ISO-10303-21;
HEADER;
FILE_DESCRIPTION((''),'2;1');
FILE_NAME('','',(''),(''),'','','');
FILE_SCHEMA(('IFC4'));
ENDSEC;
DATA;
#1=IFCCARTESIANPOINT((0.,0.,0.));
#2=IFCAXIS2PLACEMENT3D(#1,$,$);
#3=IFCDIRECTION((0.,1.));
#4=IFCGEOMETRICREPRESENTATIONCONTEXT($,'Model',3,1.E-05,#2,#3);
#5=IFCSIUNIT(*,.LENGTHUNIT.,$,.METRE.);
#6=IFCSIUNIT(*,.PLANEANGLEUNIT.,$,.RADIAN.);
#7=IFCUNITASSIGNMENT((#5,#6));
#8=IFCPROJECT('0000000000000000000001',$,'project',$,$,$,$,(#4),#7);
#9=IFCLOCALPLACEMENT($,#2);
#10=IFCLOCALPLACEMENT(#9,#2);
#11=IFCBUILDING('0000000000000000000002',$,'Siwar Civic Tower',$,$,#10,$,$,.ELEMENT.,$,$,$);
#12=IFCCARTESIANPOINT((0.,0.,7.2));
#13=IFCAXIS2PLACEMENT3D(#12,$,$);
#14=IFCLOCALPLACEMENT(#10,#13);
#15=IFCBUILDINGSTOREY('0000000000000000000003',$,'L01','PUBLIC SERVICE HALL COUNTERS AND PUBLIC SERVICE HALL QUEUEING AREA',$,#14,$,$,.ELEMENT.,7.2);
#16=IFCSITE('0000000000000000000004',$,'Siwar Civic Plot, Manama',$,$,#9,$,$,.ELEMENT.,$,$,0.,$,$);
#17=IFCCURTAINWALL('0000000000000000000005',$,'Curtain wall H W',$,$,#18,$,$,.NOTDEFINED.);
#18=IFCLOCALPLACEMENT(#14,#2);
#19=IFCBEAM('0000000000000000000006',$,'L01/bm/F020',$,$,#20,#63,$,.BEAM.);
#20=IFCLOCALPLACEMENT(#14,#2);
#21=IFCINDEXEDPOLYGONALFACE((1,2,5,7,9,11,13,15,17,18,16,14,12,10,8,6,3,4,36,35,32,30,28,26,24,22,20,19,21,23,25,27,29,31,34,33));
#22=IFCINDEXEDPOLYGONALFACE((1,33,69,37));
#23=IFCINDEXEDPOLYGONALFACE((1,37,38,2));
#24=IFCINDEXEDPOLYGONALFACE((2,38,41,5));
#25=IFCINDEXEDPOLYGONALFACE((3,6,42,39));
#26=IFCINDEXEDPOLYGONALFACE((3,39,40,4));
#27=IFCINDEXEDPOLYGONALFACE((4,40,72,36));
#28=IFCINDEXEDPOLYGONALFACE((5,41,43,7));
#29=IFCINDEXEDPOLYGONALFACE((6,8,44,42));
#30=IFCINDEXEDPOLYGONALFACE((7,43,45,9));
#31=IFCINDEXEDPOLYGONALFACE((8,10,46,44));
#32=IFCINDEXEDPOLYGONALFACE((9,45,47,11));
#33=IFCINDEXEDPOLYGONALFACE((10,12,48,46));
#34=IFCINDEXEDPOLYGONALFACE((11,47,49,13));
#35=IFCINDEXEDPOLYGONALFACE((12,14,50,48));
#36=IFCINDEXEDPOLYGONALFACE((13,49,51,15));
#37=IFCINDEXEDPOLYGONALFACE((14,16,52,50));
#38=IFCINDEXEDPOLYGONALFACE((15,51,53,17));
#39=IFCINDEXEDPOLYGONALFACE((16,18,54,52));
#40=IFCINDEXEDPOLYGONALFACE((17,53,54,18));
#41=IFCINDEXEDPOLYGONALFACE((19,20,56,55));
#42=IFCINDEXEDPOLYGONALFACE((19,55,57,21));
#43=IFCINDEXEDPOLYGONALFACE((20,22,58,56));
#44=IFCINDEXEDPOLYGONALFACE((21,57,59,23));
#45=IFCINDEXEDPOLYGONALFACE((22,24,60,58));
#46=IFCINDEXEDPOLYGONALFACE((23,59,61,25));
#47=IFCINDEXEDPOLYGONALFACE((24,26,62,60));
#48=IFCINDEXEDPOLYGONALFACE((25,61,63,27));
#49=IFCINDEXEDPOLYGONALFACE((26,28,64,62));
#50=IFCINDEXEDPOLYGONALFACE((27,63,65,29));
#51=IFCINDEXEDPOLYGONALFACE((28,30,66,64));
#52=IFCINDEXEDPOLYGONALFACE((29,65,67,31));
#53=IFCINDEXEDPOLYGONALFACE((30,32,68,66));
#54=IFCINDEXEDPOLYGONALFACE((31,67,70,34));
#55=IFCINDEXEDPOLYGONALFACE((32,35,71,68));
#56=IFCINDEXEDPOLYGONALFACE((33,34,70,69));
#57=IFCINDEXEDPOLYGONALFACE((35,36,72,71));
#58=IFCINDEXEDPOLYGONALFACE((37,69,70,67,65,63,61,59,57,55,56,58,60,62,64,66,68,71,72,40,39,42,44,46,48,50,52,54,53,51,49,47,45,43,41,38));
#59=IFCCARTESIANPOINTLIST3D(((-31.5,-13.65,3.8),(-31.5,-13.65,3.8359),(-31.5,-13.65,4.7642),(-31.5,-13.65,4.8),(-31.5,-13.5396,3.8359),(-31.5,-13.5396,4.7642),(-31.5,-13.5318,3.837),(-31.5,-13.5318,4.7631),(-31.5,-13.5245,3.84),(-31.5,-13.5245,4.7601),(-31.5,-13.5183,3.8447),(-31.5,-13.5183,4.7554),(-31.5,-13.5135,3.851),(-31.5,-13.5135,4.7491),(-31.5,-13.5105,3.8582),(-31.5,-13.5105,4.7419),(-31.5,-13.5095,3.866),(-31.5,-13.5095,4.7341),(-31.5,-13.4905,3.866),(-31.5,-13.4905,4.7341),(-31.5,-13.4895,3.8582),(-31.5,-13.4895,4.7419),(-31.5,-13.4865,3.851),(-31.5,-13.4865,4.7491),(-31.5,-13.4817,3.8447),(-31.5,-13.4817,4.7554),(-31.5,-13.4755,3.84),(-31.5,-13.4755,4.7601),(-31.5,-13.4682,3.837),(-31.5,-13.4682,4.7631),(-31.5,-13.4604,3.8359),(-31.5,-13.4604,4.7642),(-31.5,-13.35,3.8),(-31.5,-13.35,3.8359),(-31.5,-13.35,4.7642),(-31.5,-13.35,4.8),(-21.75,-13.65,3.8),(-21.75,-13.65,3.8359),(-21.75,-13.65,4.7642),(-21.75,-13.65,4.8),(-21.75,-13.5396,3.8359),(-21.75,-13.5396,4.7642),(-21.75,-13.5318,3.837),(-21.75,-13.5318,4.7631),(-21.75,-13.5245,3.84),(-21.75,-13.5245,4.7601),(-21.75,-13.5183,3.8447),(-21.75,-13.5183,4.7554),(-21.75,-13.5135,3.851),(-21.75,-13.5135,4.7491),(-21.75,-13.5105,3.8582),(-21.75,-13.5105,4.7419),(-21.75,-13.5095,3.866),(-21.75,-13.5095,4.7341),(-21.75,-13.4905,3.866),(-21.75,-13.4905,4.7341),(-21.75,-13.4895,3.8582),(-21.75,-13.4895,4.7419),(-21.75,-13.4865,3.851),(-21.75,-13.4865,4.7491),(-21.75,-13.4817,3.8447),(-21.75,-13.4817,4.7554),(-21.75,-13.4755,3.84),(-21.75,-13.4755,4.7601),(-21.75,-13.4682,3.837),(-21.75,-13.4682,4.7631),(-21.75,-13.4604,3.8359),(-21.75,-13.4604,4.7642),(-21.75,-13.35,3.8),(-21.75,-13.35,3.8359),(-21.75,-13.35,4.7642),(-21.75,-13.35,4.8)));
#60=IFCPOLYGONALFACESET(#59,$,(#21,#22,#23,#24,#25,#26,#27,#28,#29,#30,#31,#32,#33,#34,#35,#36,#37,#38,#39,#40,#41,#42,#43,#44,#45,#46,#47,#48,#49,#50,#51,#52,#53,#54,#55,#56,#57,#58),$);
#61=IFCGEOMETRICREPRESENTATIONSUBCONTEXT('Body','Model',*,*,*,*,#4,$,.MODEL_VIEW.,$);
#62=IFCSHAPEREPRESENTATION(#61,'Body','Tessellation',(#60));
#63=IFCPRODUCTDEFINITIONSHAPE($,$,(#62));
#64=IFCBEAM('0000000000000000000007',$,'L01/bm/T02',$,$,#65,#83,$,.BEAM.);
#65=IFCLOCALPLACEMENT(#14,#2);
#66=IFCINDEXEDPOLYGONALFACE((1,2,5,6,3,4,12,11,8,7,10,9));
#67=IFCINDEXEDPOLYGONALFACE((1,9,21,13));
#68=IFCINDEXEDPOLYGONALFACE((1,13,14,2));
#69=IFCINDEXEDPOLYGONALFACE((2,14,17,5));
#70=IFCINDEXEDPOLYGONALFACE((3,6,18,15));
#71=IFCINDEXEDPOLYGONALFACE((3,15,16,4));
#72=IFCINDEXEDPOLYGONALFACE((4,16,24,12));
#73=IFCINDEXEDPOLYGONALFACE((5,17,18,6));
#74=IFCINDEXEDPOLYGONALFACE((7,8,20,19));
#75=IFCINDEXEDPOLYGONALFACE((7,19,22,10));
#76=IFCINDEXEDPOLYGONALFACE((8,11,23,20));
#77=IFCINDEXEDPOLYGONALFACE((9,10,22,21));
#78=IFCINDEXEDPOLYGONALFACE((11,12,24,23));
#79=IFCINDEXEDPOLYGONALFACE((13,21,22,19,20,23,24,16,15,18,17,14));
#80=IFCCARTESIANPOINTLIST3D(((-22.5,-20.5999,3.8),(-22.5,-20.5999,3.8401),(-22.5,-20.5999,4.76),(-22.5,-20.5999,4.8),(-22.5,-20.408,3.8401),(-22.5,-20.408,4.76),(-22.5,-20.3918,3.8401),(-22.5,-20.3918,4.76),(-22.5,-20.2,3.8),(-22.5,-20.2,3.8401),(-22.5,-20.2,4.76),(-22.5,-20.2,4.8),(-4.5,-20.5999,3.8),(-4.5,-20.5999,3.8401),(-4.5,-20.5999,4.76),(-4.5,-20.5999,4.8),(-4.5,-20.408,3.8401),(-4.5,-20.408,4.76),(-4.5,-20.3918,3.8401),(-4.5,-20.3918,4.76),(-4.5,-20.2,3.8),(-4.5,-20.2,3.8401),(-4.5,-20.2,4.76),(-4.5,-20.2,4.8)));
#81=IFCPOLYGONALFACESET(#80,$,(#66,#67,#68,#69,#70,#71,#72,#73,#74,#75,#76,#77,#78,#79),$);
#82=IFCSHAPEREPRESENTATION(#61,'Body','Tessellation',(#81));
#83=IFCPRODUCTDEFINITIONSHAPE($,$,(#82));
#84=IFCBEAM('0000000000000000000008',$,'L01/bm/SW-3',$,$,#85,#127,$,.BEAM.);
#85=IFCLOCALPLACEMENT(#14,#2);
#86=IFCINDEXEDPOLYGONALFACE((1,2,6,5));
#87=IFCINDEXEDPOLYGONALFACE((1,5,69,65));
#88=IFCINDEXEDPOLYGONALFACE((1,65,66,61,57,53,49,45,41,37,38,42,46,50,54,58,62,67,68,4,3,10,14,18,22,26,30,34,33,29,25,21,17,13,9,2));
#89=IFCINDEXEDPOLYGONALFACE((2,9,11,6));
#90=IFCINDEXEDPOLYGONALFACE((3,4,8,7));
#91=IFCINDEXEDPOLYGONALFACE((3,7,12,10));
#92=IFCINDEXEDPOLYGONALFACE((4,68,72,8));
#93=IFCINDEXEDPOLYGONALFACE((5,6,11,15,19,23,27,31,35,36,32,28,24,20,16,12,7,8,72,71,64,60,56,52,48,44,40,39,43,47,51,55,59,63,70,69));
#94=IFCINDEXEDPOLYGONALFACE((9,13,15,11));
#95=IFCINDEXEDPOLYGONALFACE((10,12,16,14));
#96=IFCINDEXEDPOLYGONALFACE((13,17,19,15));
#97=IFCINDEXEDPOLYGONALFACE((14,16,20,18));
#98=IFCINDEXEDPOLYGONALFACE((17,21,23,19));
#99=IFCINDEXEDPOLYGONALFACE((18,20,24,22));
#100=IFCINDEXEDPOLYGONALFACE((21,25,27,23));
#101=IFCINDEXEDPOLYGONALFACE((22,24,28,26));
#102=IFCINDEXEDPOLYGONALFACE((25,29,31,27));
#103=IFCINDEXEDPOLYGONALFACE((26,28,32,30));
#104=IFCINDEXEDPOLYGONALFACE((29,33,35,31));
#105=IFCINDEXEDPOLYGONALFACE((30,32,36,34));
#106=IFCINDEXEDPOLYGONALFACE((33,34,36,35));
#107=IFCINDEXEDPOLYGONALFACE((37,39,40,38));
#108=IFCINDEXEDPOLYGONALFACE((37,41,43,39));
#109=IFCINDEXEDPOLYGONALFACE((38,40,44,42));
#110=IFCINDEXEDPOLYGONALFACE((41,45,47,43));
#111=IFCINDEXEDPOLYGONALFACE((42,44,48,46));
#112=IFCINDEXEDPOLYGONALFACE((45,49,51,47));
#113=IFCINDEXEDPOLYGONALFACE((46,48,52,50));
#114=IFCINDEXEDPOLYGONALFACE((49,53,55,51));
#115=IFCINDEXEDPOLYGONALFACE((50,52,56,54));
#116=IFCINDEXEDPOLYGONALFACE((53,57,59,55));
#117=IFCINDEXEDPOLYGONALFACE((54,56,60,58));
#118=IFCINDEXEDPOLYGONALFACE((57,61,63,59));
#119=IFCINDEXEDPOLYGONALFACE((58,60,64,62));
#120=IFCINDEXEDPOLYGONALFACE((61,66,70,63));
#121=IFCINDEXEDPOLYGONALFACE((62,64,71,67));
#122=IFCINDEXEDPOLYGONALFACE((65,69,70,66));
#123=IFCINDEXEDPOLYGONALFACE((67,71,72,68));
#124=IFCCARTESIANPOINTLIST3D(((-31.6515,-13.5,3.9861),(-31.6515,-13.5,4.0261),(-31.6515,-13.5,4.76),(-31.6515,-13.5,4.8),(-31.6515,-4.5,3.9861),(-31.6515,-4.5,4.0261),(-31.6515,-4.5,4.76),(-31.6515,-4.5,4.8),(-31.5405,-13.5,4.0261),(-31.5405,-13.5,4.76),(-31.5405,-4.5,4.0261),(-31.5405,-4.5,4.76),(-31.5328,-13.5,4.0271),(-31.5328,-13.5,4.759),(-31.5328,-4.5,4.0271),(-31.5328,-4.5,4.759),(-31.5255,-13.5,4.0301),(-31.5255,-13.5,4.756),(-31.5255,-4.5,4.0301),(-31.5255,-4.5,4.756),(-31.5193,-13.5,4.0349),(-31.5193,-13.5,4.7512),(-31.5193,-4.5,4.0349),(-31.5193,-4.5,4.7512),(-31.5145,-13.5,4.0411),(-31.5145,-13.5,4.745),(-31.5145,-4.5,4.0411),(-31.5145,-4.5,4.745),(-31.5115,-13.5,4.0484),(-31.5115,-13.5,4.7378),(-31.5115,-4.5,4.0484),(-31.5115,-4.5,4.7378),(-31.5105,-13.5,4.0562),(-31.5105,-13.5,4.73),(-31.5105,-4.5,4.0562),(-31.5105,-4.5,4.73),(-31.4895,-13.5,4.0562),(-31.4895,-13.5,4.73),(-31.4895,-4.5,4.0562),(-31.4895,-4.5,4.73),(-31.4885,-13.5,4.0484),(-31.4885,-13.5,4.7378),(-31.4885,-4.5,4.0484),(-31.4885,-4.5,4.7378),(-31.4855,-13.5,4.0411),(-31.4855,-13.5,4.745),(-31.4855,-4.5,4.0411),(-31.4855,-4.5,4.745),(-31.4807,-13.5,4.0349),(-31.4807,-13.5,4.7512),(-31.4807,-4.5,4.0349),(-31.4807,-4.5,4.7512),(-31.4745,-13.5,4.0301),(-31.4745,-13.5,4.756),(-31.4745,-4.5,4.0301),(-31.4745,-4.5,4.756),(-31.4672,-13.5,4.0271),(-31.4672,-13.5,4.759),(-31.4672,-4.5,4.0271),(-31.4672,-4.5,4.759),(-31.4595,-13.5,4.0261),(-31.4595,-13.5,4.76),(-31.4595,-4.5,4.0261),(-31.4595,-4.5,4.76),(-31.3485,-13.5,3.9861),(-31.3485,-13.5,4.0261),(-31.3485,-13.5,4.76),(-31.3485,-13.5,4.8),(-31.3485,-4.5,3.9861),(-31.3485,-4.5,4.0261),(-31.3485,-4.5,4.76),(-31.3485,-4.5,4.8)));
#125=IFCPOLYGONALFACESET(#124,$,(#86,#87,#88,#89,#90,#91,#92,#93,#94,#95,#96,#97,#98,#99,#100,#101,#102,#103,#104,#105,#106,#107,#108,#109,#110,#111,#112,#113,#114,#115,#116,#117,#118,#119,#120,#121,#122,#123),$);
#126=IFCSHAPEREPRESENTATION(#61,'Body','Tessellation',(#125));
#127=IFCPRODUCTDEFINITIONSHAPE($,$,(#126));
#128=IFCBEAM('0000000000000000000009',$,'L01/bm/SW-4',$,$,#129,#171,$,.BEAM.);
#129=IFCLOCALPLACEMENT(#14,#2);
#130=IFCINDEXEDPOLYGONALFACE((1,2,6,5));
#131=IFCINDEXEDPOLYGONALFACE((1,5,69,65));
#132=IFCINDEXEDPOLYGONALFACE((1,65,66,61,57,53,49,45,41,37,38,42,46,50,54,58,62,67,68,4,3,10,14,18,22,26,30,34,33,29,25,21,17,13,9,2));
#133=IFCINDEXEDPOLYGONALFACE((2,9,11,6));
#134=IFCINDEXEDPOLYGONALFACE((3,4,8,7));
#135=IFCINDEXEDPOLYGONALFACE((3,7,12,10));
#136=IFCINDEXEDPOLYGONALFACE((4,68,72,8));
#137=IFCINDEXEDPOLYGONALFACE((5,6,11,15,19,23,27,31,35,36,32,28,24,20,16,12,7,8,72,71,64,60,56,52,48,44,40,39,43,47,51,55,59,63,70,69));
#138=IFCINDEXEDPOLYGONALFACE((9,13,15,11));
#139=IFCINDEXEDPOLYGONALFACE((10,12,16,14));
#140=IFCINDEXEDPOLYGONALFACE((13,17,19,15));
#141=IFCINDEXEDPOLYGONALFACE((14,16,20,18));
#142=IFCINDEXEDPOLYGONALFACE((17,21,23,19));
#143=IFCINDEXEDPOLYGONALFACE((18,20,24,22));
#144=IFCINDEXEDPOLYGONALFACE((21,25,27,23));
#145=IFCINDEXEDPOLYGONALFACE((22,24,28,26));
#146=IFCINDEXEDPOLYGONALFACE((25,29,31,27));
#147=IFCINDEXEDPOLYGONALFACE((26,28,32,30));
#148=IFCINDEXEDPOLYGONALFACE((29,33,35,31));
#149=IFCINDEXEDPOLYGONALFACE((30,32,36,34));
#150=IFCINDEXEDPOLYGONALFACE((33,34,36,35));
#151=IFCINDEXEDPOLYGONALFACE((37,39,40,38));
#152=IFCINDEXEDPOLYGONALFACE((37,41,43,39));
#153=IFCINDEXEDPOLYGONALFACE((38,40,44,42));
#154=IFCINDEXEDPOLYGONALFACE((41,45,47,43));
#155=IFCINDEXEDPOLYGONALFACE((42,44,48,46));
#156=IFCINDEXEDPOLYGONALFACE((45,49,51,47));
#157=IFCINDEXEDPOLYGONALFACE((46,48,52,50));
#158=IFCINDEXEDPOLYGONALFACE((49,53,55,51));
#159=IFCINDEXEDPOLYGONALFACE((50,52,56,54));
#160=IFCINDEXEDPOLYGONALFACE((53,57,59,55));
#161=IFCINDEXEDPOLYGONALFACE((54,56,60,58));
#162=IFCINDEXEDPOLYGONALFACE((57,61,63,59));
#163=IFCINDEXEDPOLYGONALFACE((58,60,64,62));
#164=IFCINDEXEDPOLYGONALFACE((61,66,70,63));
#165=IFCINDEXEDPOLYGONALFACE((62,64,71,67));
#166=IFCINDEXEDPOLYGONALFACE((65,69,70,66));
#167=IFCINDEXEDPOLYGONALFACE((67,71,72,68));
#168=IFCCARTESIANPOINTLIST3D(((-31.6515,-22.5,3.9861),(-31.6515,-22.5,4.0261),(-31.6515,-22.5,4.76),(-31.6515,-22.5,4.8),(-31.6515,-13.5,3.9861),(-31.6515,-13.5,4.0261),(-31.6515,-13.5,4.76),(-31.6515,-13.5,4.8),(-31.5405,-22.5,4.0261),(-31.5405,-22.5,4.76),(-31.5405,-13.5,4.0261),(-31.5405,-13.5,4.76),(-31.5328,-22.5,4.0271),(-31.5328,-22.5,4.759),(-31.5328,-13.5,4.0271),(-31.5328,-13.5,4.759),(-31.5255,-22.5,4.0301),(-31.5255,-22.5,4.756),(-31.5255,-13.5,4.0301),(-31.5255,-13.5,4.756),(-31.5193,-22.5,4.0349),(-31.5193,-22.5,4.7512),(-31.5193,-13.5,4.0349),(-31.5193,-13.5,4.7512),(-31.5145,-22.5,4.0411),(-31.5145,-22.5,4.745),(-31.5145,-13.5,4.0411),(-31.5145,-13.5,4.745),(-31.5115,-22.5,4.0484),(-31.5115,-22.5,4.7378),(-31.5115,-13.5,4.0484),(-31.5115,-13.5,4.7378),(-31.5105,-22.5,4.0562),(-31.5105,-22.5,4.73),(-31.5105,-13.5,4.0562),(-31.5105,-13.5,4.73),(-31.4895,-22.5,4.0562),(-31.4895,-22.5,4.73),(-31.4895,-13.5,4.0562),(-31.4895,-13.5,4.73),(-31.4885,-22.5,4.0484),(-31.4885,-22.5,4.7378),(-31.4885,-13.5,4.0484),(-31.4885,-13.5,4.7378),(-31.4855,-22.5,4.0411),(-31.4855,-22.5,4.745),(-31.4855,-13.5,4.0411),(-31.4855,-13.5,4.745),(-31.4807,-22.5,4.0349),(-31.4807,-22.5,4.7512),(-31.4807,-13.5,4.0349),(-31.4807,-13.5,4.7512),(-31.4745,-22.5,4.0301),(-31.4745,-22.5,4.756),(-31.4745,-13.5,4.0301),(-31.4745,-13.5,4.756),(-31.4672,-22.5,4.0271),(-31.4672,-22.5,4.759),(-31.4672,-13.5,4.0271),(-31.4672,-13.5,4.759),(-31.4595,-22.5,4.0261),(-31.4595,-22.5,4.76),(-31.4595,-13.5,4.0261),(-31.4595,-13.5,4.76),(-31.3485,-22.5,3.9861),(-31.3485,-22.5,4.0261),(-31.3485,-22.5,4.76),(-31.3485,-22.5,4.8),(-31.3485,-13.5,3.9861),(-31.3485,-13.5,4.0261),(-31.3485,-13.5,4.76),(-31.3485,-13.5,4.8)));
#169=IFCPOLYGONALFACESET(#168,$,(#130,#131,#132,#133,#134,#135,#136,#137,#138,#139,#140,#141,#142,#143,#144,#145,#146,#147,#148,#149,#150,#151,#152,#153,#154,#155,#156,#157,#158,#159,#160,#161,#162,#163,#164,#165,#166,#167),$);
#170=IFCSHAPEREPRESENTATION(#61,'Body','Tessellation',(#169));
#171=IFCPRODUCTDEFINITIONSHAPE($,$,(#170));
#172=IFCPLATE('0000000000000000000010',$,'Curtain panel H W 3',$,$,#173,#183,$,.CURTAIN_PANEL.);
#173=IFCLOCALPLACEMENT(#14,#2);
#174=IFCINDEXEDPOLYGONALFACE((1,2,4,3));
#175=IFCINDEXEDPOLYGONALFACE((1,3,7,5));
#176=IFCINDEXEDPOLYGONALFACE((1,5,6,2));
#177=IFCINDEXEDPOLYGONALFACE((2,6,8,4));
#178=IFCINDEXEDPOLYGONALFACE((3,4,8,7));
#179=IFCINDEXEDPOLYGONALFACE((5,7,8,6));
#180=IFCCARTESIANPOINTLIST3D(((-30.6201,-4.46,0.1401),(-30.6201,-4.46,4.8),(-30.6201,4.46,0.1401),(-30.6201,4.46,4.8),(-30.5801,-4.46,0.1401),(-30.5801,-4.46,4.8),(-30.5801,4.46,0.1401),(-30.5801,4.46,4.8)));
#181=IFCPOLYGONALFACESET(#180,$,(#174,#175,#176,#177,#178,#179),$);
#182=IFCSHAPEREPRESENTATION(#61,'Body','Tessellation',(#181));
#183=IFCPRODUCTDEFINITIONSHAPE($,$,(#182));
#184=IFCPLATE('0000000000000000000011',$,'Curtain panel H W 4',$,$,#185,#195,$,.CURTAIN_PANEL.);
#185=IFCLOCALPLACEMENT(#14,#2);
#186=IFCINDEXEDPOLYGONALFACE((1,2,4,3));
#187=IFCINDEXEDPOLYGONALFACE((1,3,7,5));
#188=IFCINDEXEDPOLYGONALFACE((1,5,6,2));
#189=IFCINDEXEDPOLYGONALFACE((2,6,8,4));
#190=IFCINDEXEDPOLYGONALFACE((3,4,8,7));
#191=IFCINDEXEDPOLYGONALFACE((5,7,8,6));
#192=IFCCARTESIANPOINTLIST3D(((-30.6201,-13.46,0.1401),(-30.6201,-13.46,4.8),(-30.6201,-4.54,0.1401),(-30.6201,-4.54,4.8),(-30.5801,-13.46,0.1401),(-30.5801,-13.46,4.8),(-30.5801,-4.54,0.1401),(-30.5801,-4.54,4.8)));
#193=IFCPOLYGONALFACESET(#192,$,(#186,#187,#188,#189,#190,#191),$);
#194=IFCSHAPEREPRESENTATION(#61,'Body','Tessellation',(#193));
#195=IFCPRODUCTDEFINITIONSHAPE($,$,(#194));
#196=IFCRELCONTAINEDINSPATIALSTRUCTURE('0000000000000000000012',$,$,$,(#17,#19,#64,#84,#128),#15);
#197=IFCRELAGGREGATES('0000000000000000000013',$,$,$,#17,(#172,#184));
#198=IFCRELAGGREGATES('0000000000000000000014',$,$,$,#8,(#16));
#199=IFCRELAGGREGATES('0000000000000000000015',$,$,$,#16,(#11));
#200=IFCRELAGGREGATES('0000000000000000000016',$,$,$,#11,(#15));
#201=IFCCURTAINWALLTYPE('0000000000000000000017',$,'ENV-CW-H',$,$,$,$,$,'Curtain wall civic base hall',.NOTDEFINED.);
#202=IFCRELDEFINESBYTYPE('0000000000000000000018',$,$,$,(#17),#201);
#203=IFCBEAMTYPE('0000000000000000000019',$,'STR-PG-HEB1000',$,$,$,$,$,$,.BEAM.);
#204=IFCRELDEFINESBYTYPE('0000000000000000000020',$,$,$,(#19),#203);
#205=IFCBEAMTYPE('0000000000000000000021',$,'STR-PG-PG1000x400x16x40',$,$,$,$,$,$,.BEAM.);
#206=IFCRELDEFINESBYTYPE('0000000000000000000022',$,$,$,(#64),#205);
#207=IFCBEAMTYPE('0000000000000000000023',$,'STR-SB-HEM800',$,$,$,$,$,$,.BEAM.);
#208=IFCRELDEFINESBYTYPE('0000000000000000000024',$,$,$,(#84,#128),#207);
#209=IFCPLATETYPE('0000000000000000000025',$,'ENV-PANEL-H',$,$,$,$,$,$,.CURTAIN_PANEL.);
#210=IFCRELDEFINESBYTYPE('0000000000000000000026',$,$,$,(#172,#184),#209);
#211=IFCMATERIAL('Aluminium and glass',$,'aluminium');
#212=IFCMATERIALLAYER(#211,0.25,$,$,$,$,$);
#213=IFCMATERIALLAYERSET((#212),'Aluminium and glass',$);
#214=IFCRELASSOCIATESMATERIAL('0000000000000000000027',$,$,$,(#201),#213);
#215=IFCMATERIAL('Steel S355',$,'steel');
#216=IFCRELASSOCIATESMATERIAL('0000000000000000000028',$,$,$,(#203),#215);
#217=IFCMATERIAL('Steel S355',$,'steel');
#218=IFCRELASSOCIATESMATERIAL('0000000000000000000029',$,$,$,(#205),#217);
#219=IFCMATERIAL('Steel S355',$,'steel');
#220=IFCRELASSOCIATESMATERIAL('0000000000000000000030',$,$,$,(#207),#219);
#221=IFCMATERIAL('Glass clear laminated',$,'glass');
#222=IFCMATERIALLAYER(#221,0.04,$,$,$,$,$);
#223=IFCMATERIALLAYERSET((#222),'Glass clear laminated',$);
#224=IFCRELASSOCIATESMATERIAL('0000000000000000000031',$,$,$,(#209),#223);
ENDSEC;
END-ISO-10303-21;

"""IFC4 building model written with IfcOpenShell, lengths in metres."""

from ifc_helpers import new_model, si_unit, direction, frame, origin, origin_2d, place, context, subcontext, project, spatial, rectangle, i_section, extrude, material, layer, layer_set, material_profile, profile_set, type_object, element, aggregate, save


model = new_model("IFC4")

# Units and contexts
model_context = context("Model", 3, precision=1e-05, world=origin(), true_north=direction((0.0, 1.0)))
body_context = subcontext(model_context, "Body", "Model", "MODEL_VIEW")
ifc_project = project(units=[si_unit("LENGTHUNIT", "METRE"), si_unit("PLANEANGLEUNIT", "RADIAN")], contexts=[model_context])

# Site, building, storey
site_placement = place(None, origin())
site = spatial("IfcSite", under=ifc_project, at=site_placement, Name="Siwar Civic Plot, Manama", CompositionType="ELEMENT", RefElevation=0.0)
building_placement = place(site_placement, origin())
building = spatial("IfcBuilding", under=site, at=building_placement, Name="Siwar Civic Tower", CompositionType="ELEMENT")
storey_placement = place(building_placement, frame((0.0, 0.0, 7.2)))
storey = spatial("IfcBuildingStorey", under=building, at=storey_placement, Name="L01", Description="PUBLIC SERVICE HALL COUNTERS AND PUBLIC SERVICE HALL QUEUEING AREA", CompositionType="ELEMENT", Elevation=7.2)

# Curtain wall
ifc_material_1 = material(Name="Aluminium and glass", Category="aluminium")
ifc_layer_1 = layer(ifc_material_1, 0.25)
ifc_layer_set_1 = layer_set([ifc_layer_1], Name="Aluminium and glass")
curtain_wall_type_1 = type_object("IfcCurtainWallType", Name="ENV-CW-H", ElementType="Curtain wall civic base hall", PredefinedType="NOTDEFINED", material=ifc_layer_set_1)
curtain_wall_1_placement = place(storey_placement, origin())
curtain_wall_1 = element("IfcCurtainWall", 1, at=curtain_wall_1_placement, inside=storey, type_object=curtain_wall_type_1, Name="Curtain wall H W", PredefinedType="NOTDEFINED")

# Beams
ifc_material_2 = material(Name="Steel S355", Category="steel")
ifc_material_profile_1 = material_profile(ifc_material_2, i_section(OverallWidth=0.3, OverallDepth=1.0, WebThickness=0.019, FlangeThickness=0.0359, FilletRadius=0.03, at=origin_2d()), Name="HEB1000")
ifc_profile_set_1 = profile_set([ifc_material_profile_1], Name="Steel S355")
beam_type_1 = type_object("IfcBeamType", Name="STR-PG-HEB1000", PredefinedType="BEAM", material=ifc_profile_set_1)
beam_1_placement = place(storey_placement, frame((-31.5, -13.5, 4.3), z_axis=(1.0, 0.0, 0.0), x_axis=(0.0, 1.0, 0.0)))
element("IfcBeam", 2, at=beam_1_placement, inside=storey, type_object=beam_type_1, Name="L01/bm/F020", PredefinedType="BEAM", context=body_context, shape_type="SweptSolid", body=[
    extrude(i_section(OverallWidth=0.3, OverallDepth=1.0, WebThickness=0.019, FlangeThickness=0.0359, FilletRadius=0.03, at=origin_2d()), origin(), (0.0, 0.0, 1.0), 9.75),
])
ifc_material_3 = material(Name="Steel S355", Category="steel")
ifc_material_profile_2 = material_profile(ifc_material_3, i_section(OverallWidth=0.3999, OverallDepth=1.0, WebThickness=0.0161, FlangeThickness=0.04, at=origin_2d()), Name="PG1000x400x16x40")
ifc_profile_set_2 = profile_set([ifc_material_profile_2], Name="Steel S355")
beam_type_2 = type_object("IfcBeamType", Name="STR-PG-PG1000x400x16x40", PredefinedType="BEAM", material=ifc_profile_set_2)
beam_2_placement = place(storey_placement, frame((-22.5, -20.3999, 4.3), z_axis=(1.0, 0.0, 0.0), x_axis=(0.0, 1.0, 0.0)))
element("IfcBeam", 3, at=beam_2_placement, inside=storey, type_object=beam_type_2, Name="L01/bm/T02", PredefinedType="BEAM", context=body_context, shape_type="SweptSolid", body=[
    extrude(i_section(OverallWidth=0.3999, OverallDepth=1.0, WebThickness=0.0161, FlangeThickness=0.04, at=origin_2d()), origin(), (0.0, 0.0, 1.0), 18.0),
])
ifc_material_4 = material(Name="Steel S355", Category="steel")
ifc_material_profile_3 = material_profile(ifc_material_4, i_section(OverallWidth=0.303, OverallDepth=0.814, WebThickness=0.021, FlangeThickness=0.04, FilletRadius=0.03, at=origin_2d()), Name="HEM800")
ifc_profile_set_3 = profile_set([ifc_material_profile_3], Name="Steel S355")
beam_type_3 = type_object("IfcBeamType", Name="STR-SB-HEM800", PredefinedType="BEAM", material=ifc_profile_set_3)
for number, where, z_axis, x_axis, name in (
    (4, (-31.5, -4.5, 4.3931), (0.0, -1.0, 0.0), (1.0, 0.0, 0.0), "L01/bm/SW-3"),
    (5, (-31.5, -13.5, 4.3931), (0.0, -1.0, 0.0), (1.0, 0.0, 0.0), "L01/bm/SW-4"),
):
    element("IfcBeam", number, at=place(storey_placement, frame(where, z_axis=z_axis, x_axis=x_axis)), inside=storey, type_object=beam_type_3, Name=name, PredefinedType="BEAM", context=body_context, shape_type="SweptSolid", body=[
        extrude(i_section(OverallWidth=0.303, OverallDepth=0.814, WebThickness=0.021, FlangeThickness=0.04, FilletRadius=0.03, at=origin_2d()), origin(), (0.0, 0.0, 1.0), 9.0),
    ])

# Plates
ifc_material_5 = material(Name="Glass clear laminated", Category="glass")
ifc_layer_2 = layer(ifc_material_5, 0.04)
ifc_layer_set_2 = layer_set([ifc_layer_2], Name="Glass clear laminated")
plate_type = type_object("IfcPlateType", Name="ENV-PANEL-H", PredefinedType="CURTAIN_PANEL", material=ifc_layer_set_2)
plate_1_placement = place(storey_placement, frame((-30.6001, 0.0, 0.1401), z_axis=(0.0, 0.0, 1.0), x_axis=(0.0, -1.0, 0.0)))
plate_1 = element("IfcPlate", 6, at=plate_1_placement, type_object=plate_type, Name="Curtain panel H W 3", PredefinedType="CURTAIN_PANEL", context=body_context, shape_type="SweptSolid", body=[
    extrude(rectangle(XDim=8.9199, YDim=0.04, at=origin_2d()), origin(), (0.0, 0.0, 1.0), 4.6599),
])
plate_2_placement = place(storey_placement, frame((-30.6001, -9.0, 0.1401), z_axis=(0.0, 0.0, 1.0), x_axis=(0.0, -1.0, 0.0)))
plate_2 = element("IfcPlate", 7, at=plate_2_placement, type_object=plate_type, Name="Curtain panel H W 4", PredefinedType="CURTAIN_PANEL", context=body_context, shape_type="SweptSolid", body=[
    extrude(rectangle(XDim=8.9199, YDim=0.04, at=origin_2d()), origin(), (0.0, 0.0, 1.0), 4.6599),
])
aggregate(curtain_wall_1, [plate_1, plate_2])

save(model, "model.ifc")
